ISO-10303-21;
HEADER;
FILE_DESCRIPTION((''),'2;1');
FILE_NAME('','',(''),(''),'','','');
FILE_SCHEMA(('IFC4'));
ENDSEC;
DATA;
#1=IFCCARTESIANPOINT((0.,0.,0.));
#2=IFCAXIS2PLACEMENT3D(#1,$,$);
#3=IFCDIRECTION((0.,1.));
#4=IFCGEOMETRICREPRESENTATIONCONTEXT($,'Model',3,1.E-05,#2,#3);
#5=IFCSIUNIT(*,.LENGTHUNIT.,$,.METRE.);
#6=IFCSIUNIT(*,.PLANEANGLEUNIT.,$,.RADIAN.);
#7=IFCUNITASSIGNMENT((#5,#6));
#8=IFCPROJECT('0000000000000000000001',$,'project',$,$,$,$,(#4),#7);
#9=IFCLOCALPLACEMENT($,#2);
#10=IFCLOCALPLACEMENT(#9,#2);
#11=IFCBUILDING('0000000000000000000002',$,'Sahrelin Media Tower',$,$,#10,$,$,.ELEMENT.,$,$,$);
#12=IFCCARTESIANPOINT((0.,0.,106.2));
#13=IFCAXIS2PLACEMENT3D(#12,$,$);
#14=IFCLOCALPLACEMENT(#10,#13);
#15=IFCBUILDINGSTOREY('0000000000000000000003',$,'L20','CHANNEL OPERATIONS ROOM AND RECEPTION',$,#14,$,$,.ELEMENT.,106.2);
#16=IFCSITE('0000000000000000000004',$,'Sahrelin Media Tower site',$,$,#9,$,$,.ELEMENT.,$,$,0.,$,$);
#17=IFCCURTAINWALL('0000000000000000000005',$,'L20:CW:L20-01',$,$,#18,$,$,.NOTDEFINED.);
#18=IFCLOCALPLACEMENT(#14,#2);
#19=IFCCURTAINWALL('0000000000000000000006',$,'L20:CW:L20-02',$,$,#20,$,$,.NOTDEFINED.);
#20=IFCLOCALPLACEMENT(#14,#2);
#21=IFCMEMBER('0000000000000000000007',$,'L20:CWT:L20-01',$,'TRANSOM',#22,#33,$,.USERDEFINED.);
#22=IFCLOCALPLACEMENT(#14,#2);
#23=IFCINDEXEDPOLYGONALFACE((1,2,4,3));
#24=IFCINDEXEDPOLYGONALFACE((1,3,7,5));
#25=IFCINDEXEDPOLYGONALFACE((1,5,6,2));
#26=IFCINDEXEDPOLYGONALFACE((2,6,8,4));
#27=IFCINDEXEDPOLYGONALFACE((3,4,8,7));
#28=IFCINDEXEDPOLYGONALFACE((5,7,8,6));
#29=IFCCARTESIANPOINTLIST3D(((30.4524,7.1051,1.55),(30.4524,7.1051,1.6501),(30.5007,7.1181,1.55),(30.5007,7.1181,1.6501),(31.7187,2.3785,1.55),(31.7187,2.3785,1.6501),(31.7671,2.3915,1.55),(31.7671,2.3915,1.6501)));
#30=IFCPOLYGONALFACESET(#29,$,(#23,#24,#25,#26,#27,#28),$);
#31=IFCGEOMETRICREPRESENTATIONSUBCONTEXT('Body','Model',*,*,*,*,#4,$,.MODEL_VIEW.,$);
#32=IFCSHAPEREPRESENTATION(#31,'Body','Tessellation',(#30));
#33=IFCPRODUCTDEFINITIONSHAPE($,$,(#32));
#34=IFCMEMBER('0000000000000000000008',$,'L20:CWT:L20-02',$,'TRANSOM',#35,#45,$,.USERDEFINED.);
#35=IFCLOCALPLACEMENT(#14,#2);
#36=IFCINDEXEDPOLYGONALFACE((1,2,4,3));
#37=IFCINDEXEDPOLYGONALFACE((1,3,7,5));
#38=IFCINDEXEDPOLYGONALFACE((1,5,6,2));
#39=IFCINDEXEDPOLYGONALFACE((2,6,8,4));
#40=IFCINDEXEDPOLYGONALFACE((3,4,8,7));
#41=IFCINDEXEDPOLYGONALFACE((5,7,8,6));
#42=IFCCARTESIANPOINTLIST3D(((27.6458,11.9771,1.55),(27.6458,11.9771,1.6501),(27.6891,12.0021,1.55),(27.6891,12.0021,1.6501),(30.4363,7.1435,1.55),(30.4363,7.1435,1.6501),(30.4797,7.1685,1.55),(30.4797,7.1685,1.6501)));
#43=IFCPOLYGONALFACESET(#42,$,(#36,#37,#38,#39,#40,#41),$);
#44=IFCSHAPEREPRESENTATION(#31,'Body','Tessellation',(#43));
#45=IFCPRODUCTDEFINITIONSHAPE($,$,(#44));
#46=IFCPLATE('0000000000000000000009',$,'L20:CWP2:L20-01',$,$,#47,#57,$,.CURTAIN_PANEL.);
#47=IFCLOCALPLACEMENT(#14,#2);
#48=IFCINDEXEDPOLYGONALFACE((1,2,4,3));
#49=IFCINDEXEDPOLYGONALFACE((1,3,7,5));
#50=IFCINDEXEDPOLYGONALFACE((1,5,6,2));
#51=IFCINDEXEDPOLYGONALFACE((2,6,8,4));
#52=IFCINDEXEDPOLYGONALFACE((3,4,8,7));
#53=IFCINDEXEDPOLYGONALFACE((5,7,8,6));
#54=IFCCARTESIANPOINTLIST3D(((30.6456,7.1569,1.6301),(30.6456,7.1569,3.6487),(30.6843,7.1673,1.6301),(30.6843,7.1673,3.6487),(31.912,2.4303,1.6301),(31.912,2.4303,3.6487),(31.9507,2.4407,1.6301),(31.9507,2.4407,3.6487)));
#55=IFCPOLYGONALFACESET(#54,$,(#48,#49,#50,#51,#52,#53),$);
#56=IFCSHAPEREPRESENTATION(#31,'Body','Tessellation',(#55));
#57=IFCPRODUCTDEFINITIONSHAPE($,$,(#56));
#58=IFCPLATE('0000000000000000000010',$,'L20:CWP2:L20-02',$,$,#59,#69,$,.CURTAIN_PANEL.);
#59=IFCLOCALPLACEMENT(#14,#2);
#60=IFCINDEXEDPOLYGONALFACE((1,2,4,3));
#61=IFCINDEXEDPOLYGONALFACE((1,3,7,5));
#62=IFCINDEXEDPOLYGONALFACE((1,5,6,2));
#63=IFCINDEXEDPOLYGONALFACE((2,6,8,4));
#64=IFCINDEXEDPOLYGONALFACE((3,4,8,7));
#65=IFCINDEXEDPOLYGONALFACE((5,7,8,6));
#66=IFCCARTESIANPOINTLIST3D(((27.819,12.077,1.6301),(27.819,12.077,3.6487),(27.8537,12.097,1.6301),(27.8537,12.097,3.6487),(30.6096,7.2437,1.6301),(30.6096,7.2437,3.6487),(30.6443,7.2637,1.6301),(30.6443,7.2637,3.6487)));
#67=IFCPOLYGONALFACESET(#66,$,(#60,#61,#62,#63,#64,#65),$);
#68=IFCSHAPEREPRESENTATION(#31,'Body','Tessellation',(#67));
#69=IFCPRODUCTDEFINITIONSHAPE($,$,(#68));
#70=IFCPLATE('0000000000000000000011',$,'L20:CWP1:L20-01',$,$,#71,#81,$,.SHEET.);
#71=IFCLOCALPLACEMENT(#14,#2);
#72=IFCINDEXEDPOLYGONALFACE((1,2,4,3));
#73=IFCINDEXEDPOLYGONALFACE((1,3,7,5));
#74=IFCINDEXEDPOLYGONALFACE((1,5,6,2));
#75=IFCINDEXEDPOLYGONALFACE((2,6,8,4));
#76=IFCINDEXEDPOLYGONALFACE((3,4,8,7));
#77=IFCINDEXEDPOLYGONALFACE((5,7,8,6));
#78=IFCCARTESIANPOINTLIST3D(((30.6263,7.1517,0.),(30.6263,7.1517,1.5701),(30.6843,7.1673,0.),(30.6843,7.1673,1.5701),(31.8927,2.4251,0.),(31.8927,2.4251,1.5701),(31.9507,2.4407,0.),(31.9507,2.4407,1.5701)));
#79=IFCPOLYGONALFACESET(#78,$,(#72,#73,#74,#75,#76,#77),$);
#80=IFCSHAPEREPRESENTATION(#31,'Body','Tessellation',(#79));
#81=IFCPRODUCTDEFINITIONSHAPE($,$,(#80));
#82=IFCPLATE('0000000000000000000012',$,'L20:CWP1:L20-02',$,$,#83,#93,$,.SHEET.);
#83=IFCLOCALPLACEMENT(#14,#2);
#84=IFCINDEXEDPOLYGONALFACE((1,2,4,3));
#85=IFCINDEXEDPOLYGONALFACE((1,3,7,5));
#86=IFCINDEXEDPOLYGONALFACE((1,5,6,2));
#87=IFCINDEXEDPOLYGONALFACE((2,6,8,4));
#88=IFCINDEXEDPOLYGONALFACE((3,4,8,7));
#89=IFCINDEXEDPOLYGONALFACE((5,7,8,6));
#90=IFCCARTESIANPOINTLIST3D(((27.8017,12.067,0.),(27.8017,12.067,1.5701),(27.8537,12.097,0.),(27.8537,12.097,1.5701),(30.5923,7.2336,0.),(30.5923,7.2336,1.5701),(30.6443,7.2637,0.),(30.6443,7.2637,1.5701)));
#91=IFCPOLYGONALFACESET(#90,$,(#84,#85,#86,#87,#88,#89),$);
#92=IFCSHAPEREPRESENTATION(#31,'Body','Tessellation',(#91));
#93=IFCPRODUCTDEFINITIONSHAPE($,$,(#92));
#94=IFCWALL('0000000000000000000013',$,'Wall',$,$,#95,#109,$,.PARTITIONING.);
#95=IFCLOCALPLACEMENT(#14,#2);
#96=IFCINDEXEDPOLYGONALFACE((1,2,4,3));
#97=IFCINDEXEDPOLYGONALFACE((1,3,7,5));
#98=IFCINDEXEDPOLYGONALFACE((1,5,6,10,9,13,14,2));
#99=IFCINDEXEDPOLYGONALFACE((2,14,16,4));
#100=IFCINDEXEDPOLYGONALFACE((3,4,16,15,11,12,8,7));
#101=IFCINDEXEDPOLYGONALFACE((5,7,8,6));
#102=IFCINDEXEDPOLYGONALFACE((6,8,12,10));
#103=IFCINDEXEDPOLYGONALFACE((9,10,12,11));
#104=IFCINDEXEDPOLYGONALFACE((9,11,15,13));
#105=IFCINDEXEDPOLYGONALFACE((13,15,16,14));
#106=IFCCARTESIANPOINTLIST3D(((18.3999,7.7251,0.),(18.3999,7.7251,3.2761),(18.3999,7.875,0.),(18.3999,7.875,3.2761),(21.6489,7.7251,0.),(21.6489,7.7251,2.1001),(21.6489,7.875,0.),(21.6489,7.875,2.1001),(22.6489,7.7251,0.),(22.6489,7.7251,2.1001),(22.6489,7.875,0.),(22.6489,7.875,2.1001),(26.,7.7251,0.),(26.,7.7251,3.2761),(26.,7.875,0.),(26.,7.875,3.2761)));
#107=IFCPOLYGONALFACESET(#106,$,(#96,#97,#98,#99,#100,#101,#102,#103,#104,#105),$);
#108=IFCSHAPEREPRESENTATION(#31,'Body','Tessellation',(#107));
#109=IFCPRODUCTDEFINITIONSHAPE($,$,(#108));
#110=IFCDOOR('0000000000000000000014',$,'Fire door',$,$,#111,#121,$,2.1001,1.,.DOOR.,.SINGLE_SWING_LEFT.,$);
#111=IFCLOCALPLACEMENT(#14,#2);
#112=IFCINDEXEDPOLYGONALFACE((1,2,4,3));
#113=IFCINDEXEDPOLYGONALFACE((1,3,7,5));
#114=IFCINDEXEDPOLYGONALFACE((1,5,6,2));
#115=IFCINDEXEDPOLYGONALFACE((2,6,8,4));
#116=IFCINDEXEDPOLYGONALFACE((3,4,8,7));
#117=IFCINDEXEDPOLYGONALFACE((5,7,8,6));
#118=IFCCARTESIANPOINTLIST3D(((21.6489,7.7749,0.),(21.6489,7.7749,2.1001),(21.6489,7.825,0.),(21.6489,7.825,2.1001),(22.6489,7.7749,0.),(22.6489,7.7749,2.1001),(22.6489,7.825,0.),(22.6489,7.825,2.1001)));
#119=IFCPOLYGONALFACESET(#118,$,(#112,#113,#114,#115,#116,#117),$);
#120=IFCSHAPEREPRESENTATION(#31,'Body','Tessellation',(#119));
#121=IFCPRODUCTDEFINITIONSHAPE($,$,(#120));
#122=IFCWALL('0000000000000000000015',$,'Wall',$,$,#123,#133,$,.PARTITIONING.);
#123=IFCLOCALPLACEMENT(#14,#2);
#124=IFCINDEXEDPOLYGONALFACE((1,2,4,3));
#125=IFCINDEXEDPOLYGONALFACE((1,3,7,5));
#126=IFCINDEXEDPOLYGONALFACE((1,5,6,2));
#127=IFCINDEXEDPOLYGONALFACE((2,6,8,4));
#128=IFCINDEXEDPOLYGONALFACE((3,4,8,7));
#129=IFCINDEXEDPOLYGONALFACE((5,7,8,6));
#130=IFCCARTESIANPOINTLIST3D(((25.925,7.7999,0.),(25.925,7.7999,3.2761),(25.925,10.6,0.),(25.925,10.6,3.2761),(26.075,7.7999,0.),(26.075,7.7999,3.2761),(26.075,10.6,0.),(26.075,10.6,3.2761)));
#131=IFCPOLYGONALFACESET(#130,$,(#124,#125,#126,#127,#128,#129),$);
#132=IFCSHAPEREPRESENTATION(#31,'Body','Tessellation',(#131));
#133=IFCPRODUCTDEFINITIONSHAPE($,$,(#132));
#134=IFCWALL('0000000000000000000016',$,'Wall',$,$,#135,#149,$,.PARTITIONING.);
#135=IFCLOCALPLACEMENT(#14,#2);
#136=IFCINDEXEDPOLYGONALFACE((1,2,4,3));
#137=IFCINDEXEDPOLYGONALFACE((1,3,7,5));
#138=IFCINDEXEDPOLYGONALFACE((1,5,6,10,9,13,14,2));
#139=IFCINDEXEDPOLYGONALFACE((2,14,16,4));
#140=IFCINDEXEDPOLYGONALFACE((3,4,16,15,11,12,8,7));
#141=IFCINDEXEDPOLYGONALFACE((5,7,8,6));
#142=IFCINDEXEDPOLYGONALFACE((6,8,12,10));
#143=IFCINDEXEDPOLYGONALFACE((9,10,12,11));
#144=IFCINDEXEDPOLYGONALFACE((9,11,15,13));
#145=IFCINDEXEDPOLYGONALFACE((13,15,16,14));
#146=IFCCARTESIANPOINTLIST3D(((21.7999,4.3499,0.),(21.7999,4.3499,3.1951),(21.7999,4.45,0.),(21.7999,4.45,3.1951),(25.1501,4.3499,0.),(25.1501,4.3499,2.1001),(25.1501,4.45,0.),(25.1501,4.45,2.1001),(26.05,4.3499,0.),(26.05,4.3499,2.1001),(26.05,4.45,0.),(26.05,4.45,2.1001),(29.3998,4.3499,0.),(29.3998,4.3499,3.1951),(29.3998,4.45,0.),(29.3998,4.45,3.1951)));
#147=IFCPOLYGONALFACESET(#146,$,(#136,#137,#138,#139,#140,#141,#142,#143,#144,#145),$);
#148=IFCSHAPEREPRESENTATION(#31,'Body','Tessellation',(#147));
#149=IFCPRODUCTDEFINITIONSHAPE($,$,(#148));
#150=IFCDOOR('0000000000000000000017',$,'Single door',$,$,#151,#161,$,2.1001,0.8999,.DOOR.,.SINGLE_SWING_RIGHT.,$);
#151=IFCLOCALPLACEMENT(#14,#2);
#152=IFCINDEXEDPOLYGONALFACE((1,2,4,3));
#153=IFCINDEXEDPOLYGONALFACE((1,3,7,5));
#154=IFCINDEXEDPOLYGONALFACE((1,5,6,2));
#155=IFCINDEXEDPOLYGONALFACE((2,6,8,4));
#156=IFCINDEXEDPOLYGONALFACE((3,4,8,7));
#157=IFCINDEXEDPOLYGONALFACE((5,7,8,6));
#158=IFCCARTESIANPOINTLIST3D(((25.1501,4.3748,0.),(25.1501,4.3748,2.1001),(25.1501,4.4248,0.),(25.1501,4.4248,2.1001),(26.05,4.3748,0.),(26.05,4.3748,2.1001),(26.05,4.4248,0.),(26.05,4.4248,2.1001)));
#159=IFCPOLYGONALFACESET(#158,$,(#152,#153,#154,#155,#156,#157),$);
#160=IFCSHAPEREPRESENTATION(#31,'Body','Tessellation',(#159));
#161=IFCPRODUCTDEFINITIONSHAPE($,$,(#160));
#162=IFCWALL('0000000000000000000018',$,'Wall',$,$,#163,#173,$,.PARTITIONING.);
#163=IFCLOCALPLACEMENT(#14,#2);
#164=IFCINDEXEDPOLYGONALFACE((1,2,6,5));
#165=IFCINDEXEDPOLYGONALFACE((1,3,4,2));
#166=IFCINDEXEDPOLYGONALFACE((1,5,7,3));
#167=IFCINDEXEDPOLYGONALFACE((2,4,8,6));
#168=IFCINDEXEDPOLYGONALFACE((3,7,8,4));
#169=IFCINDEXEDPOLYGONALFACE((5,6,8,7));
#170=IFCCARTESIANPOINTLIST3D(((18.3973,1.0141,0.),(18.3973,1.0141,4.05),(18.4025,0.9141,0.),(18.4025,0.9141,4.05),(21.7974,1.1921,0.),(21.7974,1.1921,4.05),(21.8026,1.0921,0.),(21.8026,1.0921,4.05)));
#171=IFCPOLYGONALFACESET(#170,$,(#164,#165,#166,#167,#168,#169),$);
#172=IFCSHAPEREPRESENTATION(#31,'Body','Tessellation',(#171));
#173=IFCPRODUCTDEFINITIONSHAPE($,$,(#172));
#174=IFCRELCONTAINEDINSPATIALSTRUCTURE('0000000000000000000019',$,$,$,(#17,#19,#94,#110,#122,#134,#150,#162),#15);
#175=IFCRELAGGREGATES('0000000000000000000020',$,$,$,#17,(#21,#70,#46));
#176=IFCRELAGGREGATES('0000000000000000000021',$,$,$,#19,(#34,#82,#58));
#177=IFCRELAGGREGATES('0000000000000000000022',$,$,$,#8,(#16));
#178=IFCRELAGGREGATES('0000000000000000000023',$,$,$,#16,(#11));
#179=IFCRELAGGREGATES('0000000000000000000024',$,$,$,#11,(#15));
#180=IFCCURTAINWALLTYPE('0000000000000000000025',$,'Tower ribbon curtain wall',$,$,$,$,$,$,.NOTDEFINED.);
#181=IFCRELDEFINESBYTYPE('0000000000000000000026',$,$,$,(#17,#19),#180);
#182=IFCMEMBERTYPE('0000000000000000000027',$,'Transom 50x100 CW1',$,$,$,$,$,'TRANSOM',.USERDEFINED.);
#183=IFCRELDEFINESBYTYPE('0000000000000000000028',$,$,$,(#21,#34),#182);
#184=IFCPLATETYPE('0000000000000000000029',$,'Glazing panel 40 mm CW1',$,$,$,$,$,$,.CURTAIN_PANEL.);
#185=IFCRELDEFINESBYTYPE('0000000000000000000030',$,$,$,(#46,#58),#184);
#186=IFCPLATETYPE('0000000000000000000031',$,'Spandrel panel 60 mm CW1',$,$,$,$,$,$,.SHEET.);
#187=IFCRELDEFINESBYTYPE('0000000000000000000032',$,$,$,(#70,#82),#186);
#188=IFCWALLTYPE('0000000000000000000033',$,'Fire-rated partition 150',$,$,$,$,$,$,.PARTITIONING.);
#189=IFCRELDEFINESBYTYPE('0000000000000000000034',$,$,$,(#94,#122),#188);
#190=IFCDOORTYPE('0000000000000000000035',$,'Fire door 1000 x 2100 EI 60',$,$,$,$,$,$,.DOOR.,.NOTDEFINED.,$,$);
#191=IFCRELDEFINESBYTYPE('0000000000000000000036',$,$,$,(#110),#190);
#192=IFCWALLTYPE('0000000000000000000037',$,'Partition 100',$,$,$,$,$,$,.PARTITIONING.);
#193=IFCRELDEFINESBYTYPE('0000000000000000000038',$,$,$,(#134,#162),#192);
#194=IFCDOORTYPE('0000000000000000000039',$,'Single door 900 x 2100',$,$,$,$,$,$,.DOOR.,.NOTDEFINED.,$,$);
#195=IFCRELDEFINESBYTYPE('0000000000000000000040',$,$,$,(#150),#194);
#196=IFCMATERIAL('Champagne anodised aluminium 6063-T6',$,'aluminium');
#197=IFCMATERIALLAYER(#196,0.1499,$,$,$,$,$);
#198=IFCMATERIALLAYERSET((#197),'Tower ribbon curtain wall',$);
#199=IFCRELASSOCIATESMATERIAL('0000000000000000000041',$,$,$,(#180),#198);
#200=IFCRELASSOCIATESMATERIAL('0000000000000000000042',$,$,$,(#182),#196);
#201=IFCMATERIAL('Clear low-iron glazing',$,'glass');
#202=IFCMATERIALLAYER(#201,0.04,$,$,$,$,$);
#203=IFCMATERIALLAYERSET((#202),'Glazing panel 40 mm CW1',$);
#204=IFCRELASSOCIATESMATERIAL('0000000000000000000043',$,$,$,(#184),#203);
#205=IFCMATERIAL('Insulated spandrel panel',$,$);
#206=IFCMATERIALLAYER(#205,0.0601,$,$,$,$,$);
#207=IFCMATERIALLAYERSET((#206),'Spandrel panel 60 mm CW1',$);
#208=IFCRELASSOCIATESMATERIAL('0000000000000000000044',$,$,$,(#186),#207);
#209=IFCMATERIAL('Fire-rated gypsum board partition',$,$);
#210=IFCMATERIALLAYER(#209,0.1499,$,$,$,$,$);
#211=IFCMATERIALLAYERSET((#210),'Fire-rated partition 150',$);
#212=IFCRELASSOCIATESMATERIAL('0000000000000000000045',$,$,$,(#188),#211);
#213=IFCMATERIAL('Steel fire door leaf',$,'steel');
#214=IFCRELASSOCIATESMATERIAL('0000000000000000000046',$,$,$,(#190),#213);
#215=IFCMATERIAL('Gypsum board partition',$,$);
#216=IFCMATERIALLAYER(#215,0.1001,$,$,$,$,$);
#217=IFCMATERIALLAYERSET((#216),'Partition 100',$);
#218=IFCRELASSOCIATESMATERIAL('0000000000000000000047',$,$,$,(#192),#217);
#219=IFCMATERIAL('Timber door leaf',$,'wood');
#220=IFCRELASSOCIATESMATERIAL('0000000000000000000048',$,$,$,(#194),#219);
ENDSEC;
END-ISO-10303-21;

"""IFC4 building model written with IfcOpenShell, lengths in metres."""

from ifc_helpers import new_model, si_unit, direction, frame, frame_2d, origin, origin_2d, place, context, subcontext, project, spatial, polyline, rectangle, outline, extrude, material, layer, layer_set, material_profile, profile_set, type_object, element, fill, aggregate, save


model = new_model("IFC4")

# Units and contexts
model_context = context("Model", 3, precision=1e-05, world=origin(), true_north=direction((0.0, 1.0)))
body_context = subcontext(model_context, "Body", "Model", "MODEL_VIEW")
ifc_project = project(units=[si_unit("LENGTHUNIT", "METRE"), si_unit("PLANEANGLEUNIT", "RADIAN")], contexts=[model_context])

# Site, building, storey
site_placement = place(None, origin())
site = spatial("IfcSite", under=ifc_project, at=site_placement, Name="Sahrelin Media Tower site", CompositionType="ELEMENT", RefElevation=0.0)
building_placement = place(site_placement, origin())
building = spatial("IfcBuilding", under=site, at=building_placement, Name="Sahrelin Media Tower", CompositionType="ELEMENT")
storey_placement = place(building_placement, frame((0.0, 0.0, 106.2)))
storey = spatial("IfcBuildingStorey", under=building, at=storey_placement, Name="L20", Description="CHANNEL OPERATIONS ROOM AND RECEPTION", CompositionType="ELEMENT", Elevation=106.2)

# Curtain walls
ifc_material_1 = material(Name="Champagne anodised aluminium 6063-T6", Category="aluminium")
ifc_layer_1 = layer(ifc_material_1, 0.1499)
ifc_layer_set_1 = layer_set([ifc_layer_1], Name="Tower ribbon curtain wall")
curtain_wall_type = type_object("IfcCurtainWallType", Name="Tower ribbon curtain wall", PredefinedType="NOTDEFINED", material=ifc_layer_set_1)
curtain_wall_1_placement = place(storey_placement, frame((31.2981, 4.7988, 0.0), z_axis=(0.0, 0.0, 1.0), x_axis=(1.0, 0.0, 0.0)))
curtain_wall_1 = element("IfcCurtainWall", 1, at=curtain_wall_1_placement, inside=storey, type_object=curtain_wall_type, Name="L20:CW:L20-01", PredefinedType="NOTDEFINED")
curtain_wall_2_placement = place(storey_placement, frame((29.2317, 9.6704, 0.0), z_axis=(0.0, 0.0, 1.0), x_axis=(1.0, 0.0, 0.0)))
curtain_wall_2 = element("IfcCurtainWall", 2, at=curtain_wall_2_placement, inside=storey, type_object=curtain_wall_type, Name="L20:CW:L20-02", PredefinedType="NOTDEFINED")

# Members
ifc_material_profile_1 = material_profile(ifc_material_1, rectangle(XDim=0.05, YDim=0.1001, at=origin_2d()), Name="Transom 50x100")
ifc_profile_set_1 = profile_set([ifc_material_profile_1], Name="Champagne anodised aluminium 6063-T6")
member_type_1 = type_object("IfcMemberType", Name="Transom 50x100 CW1", ElementType="TRANSOM", PredefinedType="USERDEFINED", material=ifc_profile_set_1)
member_1_placement = place(storey_placement, frame((31.7429, 2.385, 1.6001), z_axis=(-0.258796, 0.965932, 0.0), x_axis=(-0.965932, -0.258796, 0.0)))
member_1 = element("IfcMember", 3, at=member_1_placement, type_object=member_type_1, Name="L20:CWT:L20-01", ObjectType="TRANSOM", PredefinedType="USERDEFINED", context=body_context, shape_type="SweptSolid", body=[
    extrude(rectangle(XDim=0.05, YDim=0.1001, at=origin_2d()), origin(), (0.0, 0.0, 1.0), 4.8933),
])
member_2_placement = place(storey_placement, frame((30.458, 7.156, 1.6001), z_axis=(-0.499988, 0.866033, 0.0), x_axis=(-0.866033, -0.499988, 0.0)))
member_2 = element("IfcMember", 4, at=member_2_placement, type_object=member_type_1, Name="L20:CWT:L20-02", ObjectType="TRANSOM", PredefinedType="USERDEFINED", context=body_context, shape_type="SweptSolid", body=[
    extrude(rectangle(XDim=0.05, YDim=0.1001, at=origin_2d()), origin(), (0.0, 0.0, 1.0), 5.5813),
])

# Plates
ifc_material_2 = material(Name="Clear low-iron glazing", Category="glass")
ifc_layer_2 = layer(ifc_material_2, 0.04)
ifc_layer_set_2 = layer_set([ifc_layer_2], Name="Glazing panel 40 mm CW1")
plate_type_1 = type_object("IfcPlateType", Name="Glazing panel 40 mm CW1", PredefinedType="CURTAIN_PANEL", material=ifc_layer_set_2)
plate_1_placement = place(storey_placement, frame((31.9507, 2.4407, 1.6301), z_axis=(0.965932, 0.258796, 0.0), x_axis=(-0.258796, 0.965932, 0.0)))
plate_1 = element("IfcPlate", 5, at=plate_1_placement, type_object=plate_type_1, Name="L20:CWP2:L20-01", PredefinedType="CURTAIN_PANEL", context=body_context, shape_type="SweptSolid", body=[
    extrude(outline(polyline([(0.0, 0.0), (4.8933, 0.0), (4.8933, 2.0186), (0.0, 2.0186), (0.0, 0.0)])), origin(), (0.0, 0.0, -1.0), 0.04),
])
plate_2_placement = place(storey_placement, frame((30.6443, 7.2637, 1.6301), z_axis=(0.866022, 0.500006, 0.0), x_axis=(-0.500006, 0.866022, 0.0)))
plate_2 = element("IfcPlate", 6, at=plate_2_placement, type_object=plate_type_1, Name="L20:CWP2:L20-02", PredefinedType="CURTAIN_PANEL", context=body_context, shape_type="SweptSolid", body=[
    extrude(outline(polyline([(0.0, 0.0), (5.5811, 0.0), (5.5811, 2.0186), (0.0, 2.0186), (0.0, 0.0)])), origin(), (0.0, 0.0, -1.0), 0.04),
])
ifc_material_3 = material(Name="Insulated spandrel panel")
ifc_layer_3 = layer(ifc_material_3, 0.0601)
ifc_layer_set_3 = layer_set([ifc_layer_3], Name="Spandrel panel 60 mm CW1")
plate_type_2 = type_object("IfcPlateType", Name="Spandrel panel 60 mm CW1", PredefinedType="SHEET", material=ifc_layer_set_3)
plate_3_placement = place(storey_placement, frame((31.9507, 2.4407, 0.0), z_axis=(0.965932, 0.258796, 0.0), x_axis=(-0.258796, 0.965932, 0.0)))
plate_3 = element("IfcPlate", 7, at=plate_3_placement, type_object=plate_type_2, Name="L20:CWP1:L20-01", PredefinedType="SHEET", context=body_context, shape_type="SweptSolid", body=[
    extrude(outline(polyline([(0.0, 0.0), (4.8933, 0.0), (4.8933, 1.5701), (0.0, 1.5701), (0.0, 0.0)])), origin(), (0.0, 0.0, -1.0), 0.0601),
])
aggregate(curtain_wall_1, [member_1, plate_3, plate_1])
plate_4_placement = place(storey_placement, frame((30.6443, 7.2637, 0.0), z_axis=(0.866022, 0.500006, 0.0), x_axis=(-0.500006, 0.866022, 0.0)))
plate_4 = element("IfcPlate", 8, at=plate_4_placement, type_object=plate_type_2, Name="L20:CWP1:L20-02", PredefinedType="SHEET", context=body_context, shape_type="SweptSolid", body=[
    extrude(outline(polyline([(0.0, 0.0), (5.5811, 0.0), (5.5811, 1.5701), (0.0, 1.5701), (0.0, 0.0)])), origin(), (0.0, 0.0, -1.0), 0.0601),
])
aggregate(curtain_wall_2, [member_2, plate_4, plate_2])

# Wall, opening, door
ifc_material_4 = material(Name="Fire-rated gypsum board partition")
ifc_layer_4 = layer(ifc_material_4, 0.1499)
ifc_layer_set_4 = layer_set([ifc_layer_4], Name="Fire-rated partition 150")
wall_type_1 = type_object("IfcWallType", Name="Fire-rated partition 150", PredefinedType="PARTITIONING", material=ifc_layer_set_4)
wall_1_placement = place(storey_placement, frame((18.3999, 7.8, 0.0), z_axis=(0.0, 0.0, 1.0), x_axis=(1.0, 0.0, 0.0)))
wall_1 = element("IfcWall", 9, at=wall_1_placement, inside=storey, type_object=wall_type_1, Name="Wall", PredefinedType="PARTITIONING", context=body_context, shape_type="SweptSolid", body=[
    extrude(rectangle(XDim=7.6001, YDim=0.1499, at=frame_2d((3.8, 0.0))), origin(), (0.0, 0.0, 1.0), 3.2761),
])
opening_1_placement = place(wall_1_placement, frame((3.249, 0.0, 0.0)))
opening_1 = element("IfcOpeningElement", 10, at=opening_1_placement, cuts=wall_1, PredefinedType="OPENING", context=body_context, shape_type="SweptSolid", body=[
    extrude(rectangle(XDim=1.0, YDim=2.1001, at=frame_2d((0.5, 1.05))), frame((0.0, 0.075, 0.0), z_axis=(0.0, -1.0, 0.0), x_axis=(1.0, 0.0, 0.0)), (0.0, 0.0, 1.0), 0.1499),
])
ifc_material_5 = material(Name="Steel fire door leaf", Category="steel")
door_type_1 = type_object("IfcDoorType", Name="Fire door 1000 x 2100 EI 60", OperationType="NOTDEFINED", PredefinedType="DOOR", material=ifc_material_5)
door_1_placement = place(opening_1_placement, origin())
door_1 = element("IfcDoor", 11, at=door_1_placement, inside=storey, type_object=door_type_1, Name="Fire door", OperationType="SINGLE_SWING_LEFT", OverallHeight=2.1001, OverallWidth=1.0, PredefinedType="DOOR", context=body_context, shape_type="SweptSolid", body=[
    extrude(rectangle(XDim=1.0, YDim=2.1001, at=frame_2d((0.5, 1.05))), frame((0.0, 0.0249, 0.0), z_axis=(0.0, -1.0, 0.0), x_axis=(1.0, 0.0, 0.0)), (0.0, 0.0, 1.0), 0.05),
])
fill(opening_1, door_1)

# Wall
wall_2_placement = place(storey_placement, frame((26.0, 7.8, 0.0), z_axis=(0.0, 0.0, 1.0), x_axis=(0.0, 1.0, 0.0)))
element("IfcWall", 12, at=wall_2_placement, inside=storey, type_object=wall_type_1, Name="Wall", PredefinedType="PARTITIONING", context=body_context, shape_type="SweptSolid", body=[
    extrude(rectangle(XDim=2.8, YDim=0.1499, at=frame_2d((1.3999, 0.0))), origin(), (0.0, 0.0, 1.0), 3.2761),
])

# Wall, opening, door
ifc_material_6 = material(Name="Gypsum board partition")
ifc_layer_5 = layer(ifc_material_6, 0.1001)
ifc_layer_set_5 = layer_set([ifc_layer_5], Name="Partition 100")
wall_type_2 = type_object("IfcWallType", Name="Partition 100", PredefinedType="PARTITIONING", material=ifc_layer_set_5)
wall_3_placement = place(storey_placement, frame((21.8, 4.3999, 0.0), z_axis=(0.0, 0.0, 1.0), x_axis=(1.0, 0.0, 0.0)))
wall_3 = element("IfcWall", 13, at=wall_3_placement, inside=storey, type_object=wall_type_2, Name="Wall", PredefinedType="PARTITIONING", context=body_context, shape_type="SweptSolid", body=[
    extrude(rectangle(XDim=7.5999, YDim=0.1001, at=frame_2d((3.7998, 0.0))), origin(), (0.0, 0.0, 1.0), 3.1951),
])
opening_2_placement = place(wall_3_placement, frame((3.3501, 0.0, 0.0)))
opening_2 = element("IfcOpeningElement", 14, at=opening_2_placement, cuts=wall_3, PredefinedType="OPENING", context=body_context, shape_type="SweptSolid", body=[
    extrude(rectangle(XDim=0.8999, YDim=2.1001, at=frame_2d((0.45, 1.05))), frame((0.0, 0.05, 0.0), z_axis=(0.0, -1.0, 0.0), x_axis=(1.0, 0.0, 0.0)), (0.0, 0.0, 1.0), 0.1001),
])
ifc_material_7 = material(Name="Timber door leaf", Category="wood")
door_type_2 = type_object("IfcDoorType", Name="Single door 900 x 2100", OperationType="NOTDEFINED", PredefinedType="DOOR", material=ifc_material_7)
door_2_placement = place(opening_2_placement, origin())
door_2 = element("IfcDoor", 15, at=door_2_placement, inside=storey, type_object=door_type_2, Name="Single door", OperationType="SINGLE_SWING_RIGHT", OverallHeight=2.1001, OverallWidth=0.8999, PredefinedType="DOOR", context=body_context, shape_type="SweptSolid", body=[
    extrude(rectangle(XDim=0.8999, YDim=2.1001, at=frame_2d((0.45, 1.05))), frame((0.0, 0.0249, 0.0), z_axis=(0.0, -1.0, 0.0), x_axis=(1.0, 0.0, 0.0)), (0.0, 0.0, 1.0), 0.05),
])
fill(opening_2, door_2)

# Wall
wall_4_placement = place(storey_placement, frame((18.3999, 0.9641, 0.0), z_axis=(0.0, 0.0, 1.0), x_axis=(0.998633, 0.052273, 0.0)))
element("IfcWall", 16, at=wall_4_placement, inside=storey, type_object=wall_type_2, Name="Wall", PredefinedType="PARTITIONING", context=body_context, shape_type="SweptSolid", body=[
    extrude(rectangle(XDim=3.4048, YDim=0.1001, at=frame_2d((1.7024, 0.0))), origin(), (0.0, 0.0, 1.0), 4.05),
])

save(model, "model.ifc")
